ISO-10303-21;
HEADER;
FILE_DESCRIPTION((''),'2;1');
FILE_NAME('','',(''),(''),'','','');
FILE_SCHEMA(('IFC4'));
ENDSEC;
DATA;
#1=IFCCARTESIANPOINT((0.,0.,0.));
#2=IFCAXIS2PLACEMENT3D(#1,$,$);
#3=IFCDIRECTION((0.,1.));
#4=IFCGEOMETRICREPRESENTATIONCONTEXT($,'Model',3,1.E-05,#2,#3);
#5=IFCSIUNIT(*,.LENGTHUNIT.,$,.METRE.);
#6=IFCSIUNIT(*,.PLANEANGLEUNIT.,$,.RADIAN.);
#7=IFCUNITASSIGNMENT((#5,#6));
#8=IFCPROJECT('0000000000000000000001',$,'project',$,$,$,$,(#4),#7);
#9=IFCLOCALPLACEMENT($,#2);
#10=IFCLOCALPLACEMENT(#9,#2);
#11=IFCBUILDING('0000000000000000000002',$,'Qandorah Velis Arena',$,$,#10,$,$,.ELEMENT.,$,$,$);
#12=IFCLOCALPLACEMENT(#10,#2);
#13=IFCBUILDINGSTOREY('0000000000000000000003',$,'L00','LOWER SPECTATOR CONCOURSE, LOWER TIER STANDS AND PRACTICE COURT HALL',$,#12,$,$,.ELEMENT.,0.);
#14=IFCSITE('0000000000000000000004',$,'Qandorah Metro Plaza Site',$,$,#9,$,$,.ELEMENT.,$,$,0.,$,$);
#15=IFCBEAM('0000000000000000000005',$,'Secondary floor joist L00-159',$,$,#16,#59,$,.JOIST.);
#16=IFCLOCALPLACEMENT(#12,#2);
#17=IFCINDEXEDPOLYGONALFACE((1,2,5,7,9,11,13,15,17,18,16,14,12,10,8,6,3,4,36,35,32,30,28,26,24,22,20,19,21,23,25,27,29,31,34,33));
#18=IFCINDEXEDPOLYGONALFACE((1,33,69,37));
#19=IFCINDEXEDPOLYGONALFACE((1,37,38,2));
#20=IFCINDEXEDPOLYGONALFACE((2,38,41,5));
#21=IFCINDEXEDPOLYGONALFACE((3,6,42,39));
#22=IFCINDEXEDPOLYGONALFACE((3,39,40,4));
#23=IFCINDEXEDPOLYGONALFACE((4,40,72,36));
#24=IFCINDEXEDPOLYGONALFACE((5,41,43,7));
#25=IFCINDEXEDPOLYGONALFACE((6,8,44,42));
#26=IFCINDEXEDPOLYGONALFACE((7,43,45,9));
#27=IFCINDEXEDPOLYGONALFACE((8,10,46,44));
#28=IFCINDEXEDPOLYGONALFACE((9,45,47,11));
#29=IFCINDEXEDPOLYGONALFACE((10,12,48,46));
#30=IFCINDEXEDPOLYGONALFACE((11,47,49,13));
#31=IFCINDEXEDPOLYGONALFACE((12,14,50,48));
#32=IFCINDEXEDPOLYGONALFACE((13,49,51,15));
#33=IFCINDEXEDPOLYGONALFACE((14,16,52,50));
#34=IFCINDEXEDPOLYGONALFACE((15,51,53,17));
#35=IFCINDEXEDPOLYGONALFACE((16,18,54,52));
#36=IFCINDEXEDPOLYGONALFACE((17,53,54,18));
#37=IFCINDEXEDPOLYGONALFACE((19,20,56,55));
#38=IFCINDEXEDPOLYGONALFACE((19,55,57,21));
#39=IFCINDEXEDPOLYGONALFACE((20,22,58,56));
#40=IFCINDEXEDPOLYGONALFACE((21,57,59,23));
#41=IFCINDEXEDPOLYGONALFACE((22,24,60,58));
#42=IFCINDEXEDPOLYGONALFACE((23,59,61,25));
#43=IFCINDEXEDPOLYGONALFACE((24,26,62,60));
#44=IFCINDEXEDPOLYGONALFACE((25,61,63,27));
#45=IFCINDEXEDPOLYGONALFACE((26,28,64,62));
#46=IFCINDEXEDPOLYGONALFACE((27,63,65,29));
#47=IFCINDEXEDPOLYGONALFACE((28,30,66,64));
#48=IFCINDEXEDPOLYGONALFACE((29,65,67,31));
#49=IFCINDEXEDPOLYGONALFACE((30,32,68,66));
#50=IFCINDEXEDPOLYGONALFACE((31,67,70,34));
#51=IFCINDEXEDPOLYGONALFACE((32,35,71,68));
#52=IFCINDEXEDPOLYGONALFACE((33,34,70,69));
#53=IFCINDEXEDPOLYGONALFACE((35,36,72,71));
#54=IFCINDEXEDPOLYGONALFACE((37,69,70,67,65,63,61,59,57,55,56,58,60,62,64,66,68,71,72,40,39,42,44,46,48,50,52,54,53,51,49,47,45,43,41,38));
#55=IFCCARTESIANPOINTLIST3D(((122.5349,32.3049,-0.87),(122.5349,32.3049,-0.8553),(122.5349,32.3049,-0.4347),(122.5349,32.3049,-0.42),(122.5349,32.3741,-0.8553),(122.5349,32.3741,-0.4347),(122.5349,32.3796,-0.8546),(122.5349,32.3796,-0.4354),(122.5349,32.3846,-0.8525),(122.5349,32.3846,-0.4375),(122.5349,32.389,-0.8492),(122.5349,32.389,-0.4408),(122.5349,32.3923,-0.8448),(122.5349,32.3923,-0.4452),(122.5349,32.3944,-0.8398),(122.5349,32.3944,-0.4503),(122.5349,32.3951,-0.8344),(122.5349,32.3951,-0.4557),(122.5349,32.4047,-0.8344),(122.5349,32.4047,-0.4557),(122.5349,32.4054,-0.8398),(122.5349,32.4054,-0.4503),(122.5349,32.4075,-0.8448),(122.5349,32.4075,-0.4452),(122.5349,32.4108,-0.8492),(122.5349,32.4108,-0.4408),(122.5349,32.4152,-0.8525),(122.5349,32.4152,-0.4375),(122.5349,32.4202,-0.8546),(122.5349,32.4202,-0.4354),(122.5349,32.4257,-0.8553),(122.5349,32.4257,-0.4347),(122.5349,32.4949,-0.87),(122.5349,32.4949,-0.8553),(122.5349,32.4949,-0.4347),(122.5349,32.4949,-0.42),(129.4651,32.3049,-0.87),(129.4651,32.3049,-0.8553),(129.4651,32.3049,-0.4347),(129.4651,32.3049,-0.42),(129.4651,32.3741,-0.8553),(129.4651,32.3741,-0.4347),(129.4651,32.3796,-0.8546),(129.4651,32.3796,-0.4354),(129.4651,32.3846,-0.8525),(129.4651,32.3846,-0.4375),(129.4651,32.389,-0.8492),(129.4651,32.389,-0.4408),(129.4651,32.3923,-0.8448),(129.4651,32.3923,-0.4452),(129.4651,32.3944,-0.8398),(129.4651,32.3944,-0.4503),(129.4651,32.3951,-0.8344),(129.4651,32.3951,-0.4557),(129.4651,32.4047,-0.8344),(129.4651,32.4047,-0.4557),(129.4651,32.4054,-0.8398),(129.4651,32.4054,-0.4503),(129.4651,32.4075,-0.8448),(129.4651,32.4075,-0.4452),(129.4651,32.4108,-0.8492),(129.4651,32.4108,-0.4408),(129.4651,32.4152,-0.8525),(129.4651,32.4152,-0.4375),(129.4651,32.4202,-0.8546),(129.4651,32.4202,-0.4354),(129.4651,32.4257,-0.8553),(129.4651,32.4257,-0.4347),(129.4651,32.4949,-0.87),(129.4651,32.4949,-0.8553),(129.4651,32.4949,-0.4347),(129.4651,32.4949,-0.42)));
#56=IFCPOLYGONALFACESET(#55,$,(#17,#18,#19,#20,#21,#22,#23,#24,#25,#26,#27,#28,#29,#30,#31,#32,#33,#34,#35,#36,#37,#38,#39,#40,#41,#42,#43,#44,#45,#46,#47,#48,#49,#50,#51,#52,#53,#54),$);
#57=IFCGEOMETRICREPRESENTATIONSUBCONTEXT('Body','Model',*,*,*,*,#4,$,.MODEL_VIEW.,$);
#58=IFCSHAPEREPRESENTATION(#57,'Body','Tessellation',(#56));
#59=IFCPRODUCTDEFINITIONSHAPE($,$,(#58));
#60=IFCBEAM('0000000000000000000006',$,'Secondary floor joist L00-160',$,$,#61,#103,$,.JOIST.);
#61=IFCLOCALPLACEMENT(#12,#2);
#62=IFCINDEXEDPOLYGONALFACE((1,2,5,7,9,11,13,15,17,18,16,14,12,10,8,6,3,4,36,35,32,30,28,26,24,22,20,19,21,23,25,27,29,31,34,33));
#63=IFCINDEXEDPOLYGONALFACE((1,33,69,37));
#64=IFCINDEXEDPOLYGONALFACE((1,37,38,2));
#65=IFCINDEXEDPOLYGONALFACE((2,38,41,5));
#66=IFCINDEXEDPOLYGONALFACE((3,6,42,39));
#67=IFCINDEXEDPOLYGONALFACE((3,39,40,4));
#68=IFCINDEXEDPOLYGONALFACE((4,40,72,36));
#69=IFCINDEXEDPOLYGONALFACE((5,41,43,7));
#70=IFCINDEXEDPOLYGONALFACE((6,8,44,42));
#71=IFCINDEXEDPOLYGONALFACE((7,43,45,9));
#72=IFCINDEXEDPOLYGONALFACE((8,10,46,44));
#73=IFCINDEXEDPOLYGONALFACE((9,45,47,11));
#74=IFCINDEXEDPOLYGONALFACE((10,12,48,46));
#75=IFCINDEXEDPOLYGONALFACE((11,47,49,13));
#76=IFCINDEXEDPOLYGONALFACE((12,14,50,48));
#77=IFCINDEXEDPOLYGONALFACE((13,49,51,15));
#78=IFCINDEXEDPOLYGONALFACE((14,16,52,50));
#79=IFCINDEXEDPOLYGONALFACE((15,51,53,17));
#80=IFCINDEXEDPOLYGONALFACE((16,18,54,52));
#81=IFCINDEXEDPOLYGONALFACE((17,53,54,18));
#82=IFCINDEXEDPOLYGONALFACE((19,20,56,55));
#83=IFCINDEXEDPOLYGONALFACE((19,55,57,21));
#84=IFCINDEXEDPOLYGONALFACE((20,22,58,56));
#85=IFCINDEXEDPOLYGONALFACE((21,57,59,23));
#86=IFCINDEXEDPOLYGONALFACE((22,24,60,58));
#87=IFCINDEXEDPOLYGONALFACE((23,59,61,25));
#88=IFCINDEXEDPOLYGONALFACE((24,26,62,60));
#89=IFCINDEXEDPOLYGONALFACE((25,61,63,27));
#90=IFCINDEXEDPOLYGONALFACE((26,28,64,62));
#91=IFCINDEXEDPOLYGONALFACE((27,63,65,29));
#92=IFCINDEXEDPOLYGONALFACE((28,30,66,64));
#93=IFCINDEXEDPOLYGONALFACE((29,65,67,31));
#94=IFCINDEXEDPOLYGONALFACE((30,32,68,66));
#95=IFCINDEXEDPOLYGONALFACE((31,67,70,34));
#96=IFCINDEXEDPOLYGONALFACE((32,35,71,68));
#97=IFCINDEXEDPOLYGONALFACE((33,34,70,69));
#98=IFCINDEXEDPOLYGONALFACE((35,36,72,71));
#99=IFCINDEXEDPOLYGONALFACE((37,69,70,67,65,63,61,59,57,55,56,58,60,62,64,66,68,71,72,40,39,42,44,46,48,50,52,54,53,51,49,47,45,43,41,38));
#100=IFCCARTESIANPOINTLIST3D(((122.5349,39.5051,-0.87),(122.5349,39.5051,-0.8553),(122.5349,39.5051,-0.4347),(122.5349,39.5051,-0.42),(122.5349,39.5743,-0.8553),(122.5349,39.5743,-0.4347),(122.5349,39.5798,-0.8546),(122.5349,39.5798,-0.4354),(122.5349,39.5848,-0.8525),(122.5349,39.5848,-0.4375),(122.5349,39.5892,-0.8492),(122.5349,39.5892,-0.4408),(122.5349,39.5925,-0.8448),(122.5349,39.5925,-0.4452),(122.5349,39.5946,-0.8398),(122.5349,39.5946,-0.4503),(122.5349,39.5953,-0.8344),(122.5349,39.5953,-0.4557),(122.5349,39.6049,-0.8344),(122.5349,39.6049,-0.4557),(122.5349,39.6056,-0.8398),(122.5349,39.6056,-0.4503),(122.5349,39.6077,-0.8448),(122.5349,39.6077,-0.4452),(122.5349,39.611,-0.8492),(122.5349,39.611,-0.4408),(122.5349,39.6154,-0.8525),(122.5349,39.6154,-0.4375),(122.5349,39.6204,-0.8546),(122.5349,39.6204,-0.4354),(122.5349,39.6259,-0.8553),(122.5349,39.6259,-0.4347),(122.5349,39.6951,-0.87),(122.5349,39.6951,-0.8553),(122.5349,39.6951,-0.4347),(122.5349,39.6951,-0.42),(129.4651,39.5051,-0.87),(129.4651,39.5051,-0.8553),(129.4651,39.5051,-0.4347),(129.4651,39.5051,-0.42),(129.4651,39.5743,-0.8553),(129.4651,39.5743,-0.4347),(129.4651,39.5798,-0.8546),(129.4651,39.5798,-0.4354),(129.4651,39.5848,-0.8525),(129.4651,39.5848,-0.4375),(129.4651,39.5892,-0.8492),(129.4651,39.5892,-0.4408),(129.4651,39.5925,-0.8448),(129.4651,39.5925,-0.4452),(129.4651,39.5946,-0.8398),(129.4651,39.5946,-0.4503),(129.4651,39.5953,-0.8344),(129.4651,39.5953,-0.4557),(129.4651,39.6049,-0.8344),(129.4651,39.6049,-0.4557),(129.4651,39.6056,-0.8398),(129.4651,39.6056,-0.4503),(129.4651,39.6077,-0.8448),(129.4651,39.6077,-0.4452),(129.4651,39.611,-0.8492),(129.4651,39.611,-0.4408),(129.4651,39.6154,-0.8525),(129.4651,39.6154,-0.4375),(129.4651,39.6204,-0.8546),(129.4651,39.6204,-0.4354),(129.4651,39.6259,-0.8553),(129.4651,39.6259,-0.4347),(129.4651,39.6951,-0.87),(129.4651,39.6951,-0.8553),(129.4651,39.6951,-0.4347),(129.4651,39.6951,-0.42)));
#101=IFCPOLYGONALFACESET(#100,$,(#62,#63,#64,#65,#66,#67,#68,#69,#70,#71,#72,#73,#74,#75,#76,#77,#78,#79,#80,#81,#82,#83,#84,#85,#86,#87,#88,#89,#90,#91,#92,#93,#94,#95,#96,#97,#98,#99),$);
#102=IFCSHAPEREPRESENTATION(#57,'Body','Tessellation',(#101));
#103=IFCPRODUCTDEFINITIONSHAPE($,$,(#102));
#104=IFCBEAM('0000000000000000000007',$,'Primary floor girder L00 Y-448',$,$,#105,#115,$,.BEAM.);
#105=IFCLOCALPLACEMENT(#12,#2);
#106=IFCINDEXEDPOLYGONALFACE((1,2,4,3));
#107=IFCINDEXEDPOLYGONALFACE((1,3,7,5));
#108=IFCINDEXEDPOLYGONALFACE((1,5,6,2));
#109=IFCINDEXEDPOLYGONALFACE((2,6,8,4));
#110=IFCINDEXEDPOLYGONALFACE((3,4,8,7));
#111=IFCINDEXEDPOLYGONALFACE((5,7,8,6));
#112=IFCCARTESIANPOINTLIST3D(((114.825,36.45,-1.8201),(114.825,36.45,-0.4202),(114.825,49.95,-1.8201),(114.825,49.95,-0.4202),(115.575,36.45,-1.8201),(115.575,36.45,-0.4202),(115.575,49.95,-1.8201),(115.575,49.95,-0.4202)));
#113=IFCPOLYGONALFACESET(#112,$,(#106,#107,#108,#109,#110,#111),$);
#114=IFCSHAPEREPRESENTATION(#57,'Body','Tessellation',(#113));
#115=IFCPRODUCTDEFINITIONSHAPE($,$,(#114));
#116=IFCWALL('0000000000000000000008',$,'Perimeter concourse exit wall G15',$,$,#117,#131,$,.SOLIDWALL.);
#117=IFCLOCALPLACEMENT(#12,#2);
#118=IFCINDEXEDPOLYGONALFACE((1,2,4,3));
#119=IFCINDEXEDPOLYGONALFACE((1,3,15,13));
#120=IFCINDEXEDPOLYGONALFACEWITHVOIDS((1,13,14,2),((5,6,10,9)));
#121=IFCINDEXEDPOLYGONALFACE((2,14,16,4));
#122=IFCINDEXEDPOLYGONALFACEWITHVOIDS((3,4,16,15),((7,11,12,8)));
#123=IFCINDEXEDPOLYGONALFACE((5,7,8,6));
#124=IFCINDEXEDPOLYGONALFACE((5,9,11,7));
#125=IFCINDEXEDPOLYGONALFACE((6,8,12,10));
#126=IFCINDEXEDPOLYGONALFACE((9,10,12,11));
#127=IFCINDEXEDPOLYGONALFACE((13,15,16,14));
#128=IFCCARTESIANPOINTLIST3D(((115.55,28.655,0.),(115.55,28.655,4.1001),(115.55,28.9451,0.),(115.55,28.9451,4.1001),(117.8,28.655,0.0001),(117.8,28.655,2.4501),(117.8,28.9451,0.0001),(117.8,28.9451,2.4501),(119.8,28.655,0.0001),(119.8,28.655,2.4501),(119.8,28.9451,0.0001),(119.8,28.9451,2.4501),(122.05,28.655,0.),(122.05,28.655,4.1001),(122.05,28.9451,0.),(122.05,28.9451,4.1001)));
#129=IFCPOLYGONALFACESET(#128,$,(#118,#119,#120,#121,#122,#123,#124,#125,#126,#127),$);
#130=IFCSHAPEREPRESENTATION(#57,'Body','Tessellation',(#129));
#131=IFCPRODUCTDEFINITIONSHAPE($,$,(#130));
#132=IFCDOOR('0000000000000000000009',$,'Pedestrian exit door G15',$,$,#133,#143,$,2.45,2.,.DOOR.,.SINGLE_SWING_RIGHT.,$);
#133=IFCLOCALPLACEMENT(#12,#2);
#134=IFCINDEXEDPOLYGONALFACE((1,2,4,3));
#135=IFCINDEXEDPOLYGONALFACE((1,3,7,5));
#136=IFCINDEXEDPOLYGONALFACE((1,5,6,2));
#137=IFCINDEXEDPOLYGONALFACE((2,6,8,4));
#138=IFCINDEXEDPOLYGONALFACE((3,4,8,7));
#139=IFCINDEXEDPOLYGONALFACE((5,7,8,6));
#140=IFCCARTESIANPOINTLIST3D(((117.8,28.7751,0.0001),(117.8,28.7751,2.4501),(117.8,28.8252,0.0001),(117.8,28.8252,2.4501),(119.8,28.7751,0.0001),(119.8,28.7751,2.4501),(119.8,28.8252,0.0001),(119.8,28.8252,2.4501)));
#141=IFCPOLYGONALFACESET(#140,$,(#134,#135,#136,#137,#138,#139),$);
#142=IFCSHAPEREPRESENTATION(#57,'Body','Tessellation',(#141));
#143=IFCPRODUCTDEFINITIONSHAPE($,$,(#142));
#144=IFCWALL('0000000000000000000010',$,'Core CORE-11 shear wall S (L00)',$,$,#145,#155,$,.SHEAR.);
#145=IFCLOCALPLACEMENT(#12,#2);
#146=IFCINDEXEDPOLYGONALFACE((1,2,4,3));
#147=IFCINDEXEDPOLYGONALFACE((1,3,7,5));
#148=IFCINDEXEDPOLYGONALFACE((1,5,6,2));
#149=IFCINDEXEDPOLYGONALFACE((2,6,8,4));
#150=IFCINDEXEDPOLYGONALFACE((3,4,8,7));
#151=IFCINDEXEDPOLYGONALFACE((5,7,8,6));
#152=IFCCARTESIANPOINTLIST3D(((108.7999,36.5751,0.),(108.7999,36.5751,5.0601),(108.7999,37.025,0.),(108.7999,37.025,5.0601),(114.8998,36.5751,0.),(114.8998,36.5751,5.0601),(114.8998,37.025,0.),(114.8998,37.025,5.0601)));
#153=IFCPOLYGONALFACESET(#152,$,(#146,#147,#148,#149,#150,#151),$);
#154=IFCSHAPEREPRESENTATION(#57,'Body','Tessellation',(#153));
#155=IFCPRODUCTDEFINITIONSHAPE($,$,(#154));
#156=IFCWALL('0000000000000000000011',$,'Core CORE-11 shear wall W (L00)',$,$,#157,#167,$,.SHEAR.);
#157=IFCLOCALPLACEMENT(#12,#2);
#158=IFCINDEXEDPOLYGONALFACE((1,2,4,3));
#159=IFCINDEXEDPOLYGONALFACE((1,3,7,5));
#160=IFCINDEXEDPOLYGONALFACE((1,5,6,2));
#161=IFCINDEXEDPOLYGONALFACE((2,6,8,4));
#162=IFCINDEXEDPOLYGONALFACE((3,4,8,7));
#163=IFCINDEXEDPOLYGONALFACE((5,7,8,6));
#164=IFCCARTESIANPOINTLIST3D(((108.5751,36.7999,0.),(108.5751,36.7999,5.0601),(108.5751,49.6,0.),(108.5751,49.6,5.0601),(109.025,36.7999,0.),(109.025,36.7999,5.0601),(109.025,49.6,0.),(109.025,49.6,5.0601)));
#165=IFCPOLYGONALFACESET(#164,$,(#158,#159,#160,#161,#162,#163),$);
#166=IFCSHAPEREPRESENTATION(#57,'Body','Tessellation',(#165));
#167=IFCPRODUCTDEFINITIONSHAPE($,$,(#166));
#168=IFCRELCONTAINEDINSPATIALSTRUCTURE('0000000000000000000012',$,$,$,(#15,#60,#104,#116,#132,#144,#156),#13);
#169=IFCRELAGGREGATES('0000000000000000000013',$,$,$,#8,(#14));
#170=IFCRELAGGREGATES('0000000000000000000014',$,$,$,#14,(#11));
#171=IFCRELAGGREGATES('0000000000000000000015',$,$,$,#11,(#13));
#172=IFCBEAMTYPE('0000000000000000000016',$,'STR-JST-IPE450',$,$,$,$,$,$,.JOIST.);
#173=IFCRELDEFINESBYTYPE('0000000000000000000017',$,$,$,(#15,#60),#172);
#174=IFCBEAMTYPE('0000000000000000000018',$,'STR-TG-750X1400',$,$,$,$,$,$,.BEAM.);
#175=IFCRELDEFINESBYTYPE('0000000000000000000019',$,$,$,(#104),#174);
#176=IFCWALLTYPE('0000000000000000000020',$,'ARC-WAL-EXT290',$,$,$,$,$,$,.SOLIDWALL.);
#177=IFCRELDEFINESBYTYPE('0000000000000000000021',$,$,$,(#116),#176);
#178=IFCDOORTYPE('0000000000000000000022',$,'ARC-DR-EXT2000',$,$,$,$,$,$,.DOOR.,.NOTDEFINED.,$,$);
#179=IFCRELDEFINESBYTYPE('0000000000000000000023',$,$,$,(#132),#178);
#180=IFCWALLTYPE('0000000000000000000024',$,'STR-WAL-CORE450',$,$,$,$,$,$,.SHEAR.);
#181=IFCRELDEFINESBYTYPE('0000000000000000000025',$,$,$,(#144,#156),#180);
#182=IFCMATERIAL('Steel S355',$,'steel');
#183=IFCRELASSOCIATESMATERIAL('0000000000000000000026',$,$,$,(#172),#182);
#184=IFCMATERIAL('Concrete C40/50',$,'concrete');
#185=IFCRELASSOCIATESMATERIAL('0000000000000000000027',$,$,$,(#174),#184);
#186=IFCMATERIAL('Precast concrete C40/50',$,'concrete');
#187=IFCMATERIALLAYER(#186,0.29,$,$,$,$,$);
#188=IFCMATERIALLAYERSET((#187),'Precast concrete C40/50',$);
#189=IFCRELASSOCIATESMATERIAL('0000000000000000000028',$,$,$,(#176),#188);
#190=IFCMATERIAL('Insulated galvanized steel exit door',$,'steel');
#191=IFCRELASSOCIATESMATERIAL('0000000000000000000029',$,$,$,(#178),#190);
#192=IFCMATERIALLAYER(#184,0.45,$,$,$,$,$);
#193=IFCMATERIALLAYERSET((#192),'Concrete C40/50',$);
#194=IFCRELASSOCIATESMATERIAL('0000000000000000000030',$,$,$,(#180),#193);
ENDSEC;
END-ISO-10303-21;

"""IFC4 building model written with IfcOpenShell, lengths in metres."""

from ifc_helpers import new_model, si_unit, direction, frame, frame_2d, origin, origin_2d, place, context, subcontext, project, spatial, rectangle, i_section, extrude, material, layer, layer_set, material_profile, profile_set, type_object, element, fill, save


model = new_model("IFC4")

# Units and contexts
model_context = context("Model", 3, precision=1e-05, world=origin(), true_north=direction((0.0, 1.0)))
body_context = subcontext(model_context, "Body", "Model", "MODEL_VIEW")
ifc_project = project(units=[si_unit("LENGTHUNIT", "METRE"), si_unit("PLANEANGLEUNIT", "RADIAN")], contexts=[model_context])

# Site, building, storey
site_placement = place(None, origin())
site = spatial("IfcSite", under=ifc_project, at=site_placement, Name="Qandorah Metro Plaza Site", CompositionType="ELEMENT", RefElevation=0.0)
building_placement = place(site_placement, origin())
building = spatial("IfcBuilding", under=site, at=building_placement, Name="Qandorah Velis Arena", CompositionType="ELEMENT")
storey_placement = place(building_placement, origin())
storey = spatial("IfcBuildingStorey", under=building, at=storey_placement, Name="L00", Description="LOWER SPECTATOR CONCOURSE, LOWER TIER STANDS AND PRACTICE COURT HALL", CompositionType="ELEMENT", Elevation=0.0)

# Shared definitions
ifc_material_1 = material(Name="Concrete C40/50", Category="concrete")

# Beams
ifc_material_2 = material(Name="Steel S355", Category="steel")
ifc_material_profile_1 = material_profile(ifc_material_2, i_section(OverallWidth=0.1899, OverallDepth=0.45, WebThickness=0.0095, FlangeThickness=0.0146, FilletRadius=0.021, at=origin_2d()), Name="IPE 450")
ifc_profile_set_1 = profile_set([ifc_material_profile_1], Name="Steel S355")
beam_type_1 = type_object("IfcBeamType", Name="STR-JST-IPE450", PredefinedType="JOIST", material=ifc_profile_set_1)
for number, where, z_axis, x_axis, name in (
    (1, (122.5349, 32.3999, -0.645), (1.0, 0.0, 0.0), (0.0, 1.0, 0.0), "Secondary floor joist L00-159"),
    (2, (122.5349, 39.6001, -0.645), (1.0, 0.0, 0.0), (0.0, 1.0, 0.0), "Secondary floor joist L00-160"),
):
    element("IfcBeam", number, at=place(storey_placement, frame(where, z_axis=z_axis, x_axis=x_axis)), inside=storey, type_object=beam_type_1, Name=name, PredefinedType="JOIST", context=body_context, shape_type="SweptSolid", body=[
        extrude(i_section(OverallWidth=0.1899, OverallDepth=0.45, WebThickness=0.0095, FlangeThickness=0.0146, FilletRadius=0.021, at=origin_2d()), origin(), (0.0, 0.0, 1.0), 6.9302),
    ])
ifc_material_profile_2 = material_profile(ifc_material_1, rectangle(XDim=0.75, YDim=1.3999, at=origin_2d()), Name="RC TG 750x1400")
ifc_profile_set_2 = profile_set([ifc_material_profile_2], Name="Concrete C40/50")
beam_type_2 = type_object("IfcBeamType", Name="STR-TG-750X1400", PredefinedType="BEAM", material=ifc_profile_set_2)
beam_1_placement = place(storey_placement, frame((115.2, 36.45, -1.1201), z_axis=(0.0, 1.0, 0.0), x_axis=(-1.0, 0.0, 0.0)))
element("IfcBeam", 3, at=beam_1_placement, inside=storey, type_object=beam_type_2, Name="Primary floor girder L00 Y-448", PredefinedType="BEAM", context=body_context, shape_type="SweptSolid", body=[
    extrude(rectangle(XDim=0.75, YDim=1.3999, at=origin_2d()), origin(), (0.0, 0.0, 1.0), 13.5),
])

# Wall, opening, door
ifc_material_3 = material(Name="Precast concrete C40/50", Category="concrete")
ifc_layer_1 = layer(ifc_material_3, 0.29)
ifc_layer_set_1 = layer_set([ifc_layer_1], Name="Precast concrete C40/50")
wall_type_1 = type_object("IfcWallType", Name="ARC-WAL-EXT290", PredefinedType="SOLIDWALL", material=ifc_layer_set_1)
wall_1_placement = place(storey_placement, frame((115.55, 28.8, 0.0), z_axis=(0.0, 0.0, 1.0), x_axis=(1.0, 0.0, 0.0)))
wall_1 = element("IfcWall", 4, at=wall_1_placement, inside=storey, type_object=wall_type_1, Name="Perimeter concourse exit wall G15", PredefinedType="SOLIDWALL", context=body_context, shape_type="SweptSolid", body=[
    extrude(rectangle(XDim=6.5, YDim=0.29, at=frame_2d((3.25, 0.0))), origin(), (0.0, 0.0, 1.0), 4.1001),
])
opening_1_placement = place(wall_1_placement, frame((2.25, 0.0, 0.0)))
opening_1 = element("IfcOpeningElement", 5, at=opening_1_placement, cuts=wall_1, PredefinedType="OPENING", context=body_context, shape_type="SweptSolid", body=[
    extrude(rectangle(XDim=2.0, YDim=2.45, at=frame_2d((1.0, 1.2251))), frame((0.0, 0.155, 0.0), z_axis=(0.0, -1.0, 0.0), x_axis=(1.0, 0.0, 0.0)), (0.0, 0.0, 1.0), 0.3101),
])
ifc_material_4 = material(Name="Insulated galvanized steel exit door", Category="steel")
door_type_1 = type_object("IfcDoorType", Name="ARC-DR-EXT2000", OperationType="NOTDEFINED", PredefinedType="DOOR", material=ifc_material_4)
door_1_placement = place(opening_1_placement, frame((2.0, 0.0, 0.0), z_axis=(0.0, 0.0, 1.0), x_axis=(-1.0, 0.0, 0.0)))
door_1 = element("IfcDoor", 6, at=door_1_placement, inside=storey, type_object=door_type_1, Name="Pedestrian exit door G15", OperationType="SINGLE_SWING_RIGHT", OverallHeight=2.45, OverallWidth=2.0, PredefinedType="DOOR", context=body_context, shape_type="SweptSolid", body=[
    extrude(rectangle(XDim=2.0, YDim=2.45, at=frame_2d((1.0, 1.2251))), frame((0.0, 0.0249, 0.0), z_axis=(0.0, -1.0, 0.0), x_axis=(1.0, 0.0, 0.0)), (0.0, 0.0, 1.0), 0.05),
])
fill(opening_1, door_1)

# Walls
ifc_layer_2 = layer(ifc_material_1, 0.45)
ifc_layer_set_2 = layer_set([ifc_layer_2], Name="Concrete C40/50")
wall_type_2 = type_object("IfcWallType", Name="STR-WAL-CORE450", PredefinedType="SHEAR", material=ifc_layer_set_2)
wall_2_placement = place(storey_placement, frame((108.8, 36.8, 0.0), z_axis=(0.0, 0.0, 1.0), x_axis=(1.0, 0.0, 0.0)))
element("IfcWall", 7, at=wall_2_placement, inside=storey, type_object=wall_type_2, Name="Core CORE-11 shear wall S (L00)", PredefinedType="SHEAR", context=body_context, shape_type="SweptSolid", body=[
    extrude(rectangle(XDim=6.0999, YDim=0.45, at=frame_2d((3.0498, 0.0))), origin(), (0.0, 0.0, 1.0), 5.0601),
])
wall_3_placement = place(storey_placement, frame((108.8, 36.8, 0.0), z_axis=(0.0, 0.0, 1.0), x_axis=(0.0, 1.0, 0.0)))
element("IfcWall", 8, at=wall_3_placement, inside=storey, type_object=wall_type_2, Name="Core CORE-11 shear wall W (L00)", PredefinedType="SHEAR", context=body_context, shape_type="SweptSolid", body=[
    extrude(rectangle(XDim=12.8, YDim=0.45, at=frame_2d((6.3999, 0.0))), origin(), (0.0, 0.0, 1.0), 5.0601),
])

save(model, "model.ifc")
